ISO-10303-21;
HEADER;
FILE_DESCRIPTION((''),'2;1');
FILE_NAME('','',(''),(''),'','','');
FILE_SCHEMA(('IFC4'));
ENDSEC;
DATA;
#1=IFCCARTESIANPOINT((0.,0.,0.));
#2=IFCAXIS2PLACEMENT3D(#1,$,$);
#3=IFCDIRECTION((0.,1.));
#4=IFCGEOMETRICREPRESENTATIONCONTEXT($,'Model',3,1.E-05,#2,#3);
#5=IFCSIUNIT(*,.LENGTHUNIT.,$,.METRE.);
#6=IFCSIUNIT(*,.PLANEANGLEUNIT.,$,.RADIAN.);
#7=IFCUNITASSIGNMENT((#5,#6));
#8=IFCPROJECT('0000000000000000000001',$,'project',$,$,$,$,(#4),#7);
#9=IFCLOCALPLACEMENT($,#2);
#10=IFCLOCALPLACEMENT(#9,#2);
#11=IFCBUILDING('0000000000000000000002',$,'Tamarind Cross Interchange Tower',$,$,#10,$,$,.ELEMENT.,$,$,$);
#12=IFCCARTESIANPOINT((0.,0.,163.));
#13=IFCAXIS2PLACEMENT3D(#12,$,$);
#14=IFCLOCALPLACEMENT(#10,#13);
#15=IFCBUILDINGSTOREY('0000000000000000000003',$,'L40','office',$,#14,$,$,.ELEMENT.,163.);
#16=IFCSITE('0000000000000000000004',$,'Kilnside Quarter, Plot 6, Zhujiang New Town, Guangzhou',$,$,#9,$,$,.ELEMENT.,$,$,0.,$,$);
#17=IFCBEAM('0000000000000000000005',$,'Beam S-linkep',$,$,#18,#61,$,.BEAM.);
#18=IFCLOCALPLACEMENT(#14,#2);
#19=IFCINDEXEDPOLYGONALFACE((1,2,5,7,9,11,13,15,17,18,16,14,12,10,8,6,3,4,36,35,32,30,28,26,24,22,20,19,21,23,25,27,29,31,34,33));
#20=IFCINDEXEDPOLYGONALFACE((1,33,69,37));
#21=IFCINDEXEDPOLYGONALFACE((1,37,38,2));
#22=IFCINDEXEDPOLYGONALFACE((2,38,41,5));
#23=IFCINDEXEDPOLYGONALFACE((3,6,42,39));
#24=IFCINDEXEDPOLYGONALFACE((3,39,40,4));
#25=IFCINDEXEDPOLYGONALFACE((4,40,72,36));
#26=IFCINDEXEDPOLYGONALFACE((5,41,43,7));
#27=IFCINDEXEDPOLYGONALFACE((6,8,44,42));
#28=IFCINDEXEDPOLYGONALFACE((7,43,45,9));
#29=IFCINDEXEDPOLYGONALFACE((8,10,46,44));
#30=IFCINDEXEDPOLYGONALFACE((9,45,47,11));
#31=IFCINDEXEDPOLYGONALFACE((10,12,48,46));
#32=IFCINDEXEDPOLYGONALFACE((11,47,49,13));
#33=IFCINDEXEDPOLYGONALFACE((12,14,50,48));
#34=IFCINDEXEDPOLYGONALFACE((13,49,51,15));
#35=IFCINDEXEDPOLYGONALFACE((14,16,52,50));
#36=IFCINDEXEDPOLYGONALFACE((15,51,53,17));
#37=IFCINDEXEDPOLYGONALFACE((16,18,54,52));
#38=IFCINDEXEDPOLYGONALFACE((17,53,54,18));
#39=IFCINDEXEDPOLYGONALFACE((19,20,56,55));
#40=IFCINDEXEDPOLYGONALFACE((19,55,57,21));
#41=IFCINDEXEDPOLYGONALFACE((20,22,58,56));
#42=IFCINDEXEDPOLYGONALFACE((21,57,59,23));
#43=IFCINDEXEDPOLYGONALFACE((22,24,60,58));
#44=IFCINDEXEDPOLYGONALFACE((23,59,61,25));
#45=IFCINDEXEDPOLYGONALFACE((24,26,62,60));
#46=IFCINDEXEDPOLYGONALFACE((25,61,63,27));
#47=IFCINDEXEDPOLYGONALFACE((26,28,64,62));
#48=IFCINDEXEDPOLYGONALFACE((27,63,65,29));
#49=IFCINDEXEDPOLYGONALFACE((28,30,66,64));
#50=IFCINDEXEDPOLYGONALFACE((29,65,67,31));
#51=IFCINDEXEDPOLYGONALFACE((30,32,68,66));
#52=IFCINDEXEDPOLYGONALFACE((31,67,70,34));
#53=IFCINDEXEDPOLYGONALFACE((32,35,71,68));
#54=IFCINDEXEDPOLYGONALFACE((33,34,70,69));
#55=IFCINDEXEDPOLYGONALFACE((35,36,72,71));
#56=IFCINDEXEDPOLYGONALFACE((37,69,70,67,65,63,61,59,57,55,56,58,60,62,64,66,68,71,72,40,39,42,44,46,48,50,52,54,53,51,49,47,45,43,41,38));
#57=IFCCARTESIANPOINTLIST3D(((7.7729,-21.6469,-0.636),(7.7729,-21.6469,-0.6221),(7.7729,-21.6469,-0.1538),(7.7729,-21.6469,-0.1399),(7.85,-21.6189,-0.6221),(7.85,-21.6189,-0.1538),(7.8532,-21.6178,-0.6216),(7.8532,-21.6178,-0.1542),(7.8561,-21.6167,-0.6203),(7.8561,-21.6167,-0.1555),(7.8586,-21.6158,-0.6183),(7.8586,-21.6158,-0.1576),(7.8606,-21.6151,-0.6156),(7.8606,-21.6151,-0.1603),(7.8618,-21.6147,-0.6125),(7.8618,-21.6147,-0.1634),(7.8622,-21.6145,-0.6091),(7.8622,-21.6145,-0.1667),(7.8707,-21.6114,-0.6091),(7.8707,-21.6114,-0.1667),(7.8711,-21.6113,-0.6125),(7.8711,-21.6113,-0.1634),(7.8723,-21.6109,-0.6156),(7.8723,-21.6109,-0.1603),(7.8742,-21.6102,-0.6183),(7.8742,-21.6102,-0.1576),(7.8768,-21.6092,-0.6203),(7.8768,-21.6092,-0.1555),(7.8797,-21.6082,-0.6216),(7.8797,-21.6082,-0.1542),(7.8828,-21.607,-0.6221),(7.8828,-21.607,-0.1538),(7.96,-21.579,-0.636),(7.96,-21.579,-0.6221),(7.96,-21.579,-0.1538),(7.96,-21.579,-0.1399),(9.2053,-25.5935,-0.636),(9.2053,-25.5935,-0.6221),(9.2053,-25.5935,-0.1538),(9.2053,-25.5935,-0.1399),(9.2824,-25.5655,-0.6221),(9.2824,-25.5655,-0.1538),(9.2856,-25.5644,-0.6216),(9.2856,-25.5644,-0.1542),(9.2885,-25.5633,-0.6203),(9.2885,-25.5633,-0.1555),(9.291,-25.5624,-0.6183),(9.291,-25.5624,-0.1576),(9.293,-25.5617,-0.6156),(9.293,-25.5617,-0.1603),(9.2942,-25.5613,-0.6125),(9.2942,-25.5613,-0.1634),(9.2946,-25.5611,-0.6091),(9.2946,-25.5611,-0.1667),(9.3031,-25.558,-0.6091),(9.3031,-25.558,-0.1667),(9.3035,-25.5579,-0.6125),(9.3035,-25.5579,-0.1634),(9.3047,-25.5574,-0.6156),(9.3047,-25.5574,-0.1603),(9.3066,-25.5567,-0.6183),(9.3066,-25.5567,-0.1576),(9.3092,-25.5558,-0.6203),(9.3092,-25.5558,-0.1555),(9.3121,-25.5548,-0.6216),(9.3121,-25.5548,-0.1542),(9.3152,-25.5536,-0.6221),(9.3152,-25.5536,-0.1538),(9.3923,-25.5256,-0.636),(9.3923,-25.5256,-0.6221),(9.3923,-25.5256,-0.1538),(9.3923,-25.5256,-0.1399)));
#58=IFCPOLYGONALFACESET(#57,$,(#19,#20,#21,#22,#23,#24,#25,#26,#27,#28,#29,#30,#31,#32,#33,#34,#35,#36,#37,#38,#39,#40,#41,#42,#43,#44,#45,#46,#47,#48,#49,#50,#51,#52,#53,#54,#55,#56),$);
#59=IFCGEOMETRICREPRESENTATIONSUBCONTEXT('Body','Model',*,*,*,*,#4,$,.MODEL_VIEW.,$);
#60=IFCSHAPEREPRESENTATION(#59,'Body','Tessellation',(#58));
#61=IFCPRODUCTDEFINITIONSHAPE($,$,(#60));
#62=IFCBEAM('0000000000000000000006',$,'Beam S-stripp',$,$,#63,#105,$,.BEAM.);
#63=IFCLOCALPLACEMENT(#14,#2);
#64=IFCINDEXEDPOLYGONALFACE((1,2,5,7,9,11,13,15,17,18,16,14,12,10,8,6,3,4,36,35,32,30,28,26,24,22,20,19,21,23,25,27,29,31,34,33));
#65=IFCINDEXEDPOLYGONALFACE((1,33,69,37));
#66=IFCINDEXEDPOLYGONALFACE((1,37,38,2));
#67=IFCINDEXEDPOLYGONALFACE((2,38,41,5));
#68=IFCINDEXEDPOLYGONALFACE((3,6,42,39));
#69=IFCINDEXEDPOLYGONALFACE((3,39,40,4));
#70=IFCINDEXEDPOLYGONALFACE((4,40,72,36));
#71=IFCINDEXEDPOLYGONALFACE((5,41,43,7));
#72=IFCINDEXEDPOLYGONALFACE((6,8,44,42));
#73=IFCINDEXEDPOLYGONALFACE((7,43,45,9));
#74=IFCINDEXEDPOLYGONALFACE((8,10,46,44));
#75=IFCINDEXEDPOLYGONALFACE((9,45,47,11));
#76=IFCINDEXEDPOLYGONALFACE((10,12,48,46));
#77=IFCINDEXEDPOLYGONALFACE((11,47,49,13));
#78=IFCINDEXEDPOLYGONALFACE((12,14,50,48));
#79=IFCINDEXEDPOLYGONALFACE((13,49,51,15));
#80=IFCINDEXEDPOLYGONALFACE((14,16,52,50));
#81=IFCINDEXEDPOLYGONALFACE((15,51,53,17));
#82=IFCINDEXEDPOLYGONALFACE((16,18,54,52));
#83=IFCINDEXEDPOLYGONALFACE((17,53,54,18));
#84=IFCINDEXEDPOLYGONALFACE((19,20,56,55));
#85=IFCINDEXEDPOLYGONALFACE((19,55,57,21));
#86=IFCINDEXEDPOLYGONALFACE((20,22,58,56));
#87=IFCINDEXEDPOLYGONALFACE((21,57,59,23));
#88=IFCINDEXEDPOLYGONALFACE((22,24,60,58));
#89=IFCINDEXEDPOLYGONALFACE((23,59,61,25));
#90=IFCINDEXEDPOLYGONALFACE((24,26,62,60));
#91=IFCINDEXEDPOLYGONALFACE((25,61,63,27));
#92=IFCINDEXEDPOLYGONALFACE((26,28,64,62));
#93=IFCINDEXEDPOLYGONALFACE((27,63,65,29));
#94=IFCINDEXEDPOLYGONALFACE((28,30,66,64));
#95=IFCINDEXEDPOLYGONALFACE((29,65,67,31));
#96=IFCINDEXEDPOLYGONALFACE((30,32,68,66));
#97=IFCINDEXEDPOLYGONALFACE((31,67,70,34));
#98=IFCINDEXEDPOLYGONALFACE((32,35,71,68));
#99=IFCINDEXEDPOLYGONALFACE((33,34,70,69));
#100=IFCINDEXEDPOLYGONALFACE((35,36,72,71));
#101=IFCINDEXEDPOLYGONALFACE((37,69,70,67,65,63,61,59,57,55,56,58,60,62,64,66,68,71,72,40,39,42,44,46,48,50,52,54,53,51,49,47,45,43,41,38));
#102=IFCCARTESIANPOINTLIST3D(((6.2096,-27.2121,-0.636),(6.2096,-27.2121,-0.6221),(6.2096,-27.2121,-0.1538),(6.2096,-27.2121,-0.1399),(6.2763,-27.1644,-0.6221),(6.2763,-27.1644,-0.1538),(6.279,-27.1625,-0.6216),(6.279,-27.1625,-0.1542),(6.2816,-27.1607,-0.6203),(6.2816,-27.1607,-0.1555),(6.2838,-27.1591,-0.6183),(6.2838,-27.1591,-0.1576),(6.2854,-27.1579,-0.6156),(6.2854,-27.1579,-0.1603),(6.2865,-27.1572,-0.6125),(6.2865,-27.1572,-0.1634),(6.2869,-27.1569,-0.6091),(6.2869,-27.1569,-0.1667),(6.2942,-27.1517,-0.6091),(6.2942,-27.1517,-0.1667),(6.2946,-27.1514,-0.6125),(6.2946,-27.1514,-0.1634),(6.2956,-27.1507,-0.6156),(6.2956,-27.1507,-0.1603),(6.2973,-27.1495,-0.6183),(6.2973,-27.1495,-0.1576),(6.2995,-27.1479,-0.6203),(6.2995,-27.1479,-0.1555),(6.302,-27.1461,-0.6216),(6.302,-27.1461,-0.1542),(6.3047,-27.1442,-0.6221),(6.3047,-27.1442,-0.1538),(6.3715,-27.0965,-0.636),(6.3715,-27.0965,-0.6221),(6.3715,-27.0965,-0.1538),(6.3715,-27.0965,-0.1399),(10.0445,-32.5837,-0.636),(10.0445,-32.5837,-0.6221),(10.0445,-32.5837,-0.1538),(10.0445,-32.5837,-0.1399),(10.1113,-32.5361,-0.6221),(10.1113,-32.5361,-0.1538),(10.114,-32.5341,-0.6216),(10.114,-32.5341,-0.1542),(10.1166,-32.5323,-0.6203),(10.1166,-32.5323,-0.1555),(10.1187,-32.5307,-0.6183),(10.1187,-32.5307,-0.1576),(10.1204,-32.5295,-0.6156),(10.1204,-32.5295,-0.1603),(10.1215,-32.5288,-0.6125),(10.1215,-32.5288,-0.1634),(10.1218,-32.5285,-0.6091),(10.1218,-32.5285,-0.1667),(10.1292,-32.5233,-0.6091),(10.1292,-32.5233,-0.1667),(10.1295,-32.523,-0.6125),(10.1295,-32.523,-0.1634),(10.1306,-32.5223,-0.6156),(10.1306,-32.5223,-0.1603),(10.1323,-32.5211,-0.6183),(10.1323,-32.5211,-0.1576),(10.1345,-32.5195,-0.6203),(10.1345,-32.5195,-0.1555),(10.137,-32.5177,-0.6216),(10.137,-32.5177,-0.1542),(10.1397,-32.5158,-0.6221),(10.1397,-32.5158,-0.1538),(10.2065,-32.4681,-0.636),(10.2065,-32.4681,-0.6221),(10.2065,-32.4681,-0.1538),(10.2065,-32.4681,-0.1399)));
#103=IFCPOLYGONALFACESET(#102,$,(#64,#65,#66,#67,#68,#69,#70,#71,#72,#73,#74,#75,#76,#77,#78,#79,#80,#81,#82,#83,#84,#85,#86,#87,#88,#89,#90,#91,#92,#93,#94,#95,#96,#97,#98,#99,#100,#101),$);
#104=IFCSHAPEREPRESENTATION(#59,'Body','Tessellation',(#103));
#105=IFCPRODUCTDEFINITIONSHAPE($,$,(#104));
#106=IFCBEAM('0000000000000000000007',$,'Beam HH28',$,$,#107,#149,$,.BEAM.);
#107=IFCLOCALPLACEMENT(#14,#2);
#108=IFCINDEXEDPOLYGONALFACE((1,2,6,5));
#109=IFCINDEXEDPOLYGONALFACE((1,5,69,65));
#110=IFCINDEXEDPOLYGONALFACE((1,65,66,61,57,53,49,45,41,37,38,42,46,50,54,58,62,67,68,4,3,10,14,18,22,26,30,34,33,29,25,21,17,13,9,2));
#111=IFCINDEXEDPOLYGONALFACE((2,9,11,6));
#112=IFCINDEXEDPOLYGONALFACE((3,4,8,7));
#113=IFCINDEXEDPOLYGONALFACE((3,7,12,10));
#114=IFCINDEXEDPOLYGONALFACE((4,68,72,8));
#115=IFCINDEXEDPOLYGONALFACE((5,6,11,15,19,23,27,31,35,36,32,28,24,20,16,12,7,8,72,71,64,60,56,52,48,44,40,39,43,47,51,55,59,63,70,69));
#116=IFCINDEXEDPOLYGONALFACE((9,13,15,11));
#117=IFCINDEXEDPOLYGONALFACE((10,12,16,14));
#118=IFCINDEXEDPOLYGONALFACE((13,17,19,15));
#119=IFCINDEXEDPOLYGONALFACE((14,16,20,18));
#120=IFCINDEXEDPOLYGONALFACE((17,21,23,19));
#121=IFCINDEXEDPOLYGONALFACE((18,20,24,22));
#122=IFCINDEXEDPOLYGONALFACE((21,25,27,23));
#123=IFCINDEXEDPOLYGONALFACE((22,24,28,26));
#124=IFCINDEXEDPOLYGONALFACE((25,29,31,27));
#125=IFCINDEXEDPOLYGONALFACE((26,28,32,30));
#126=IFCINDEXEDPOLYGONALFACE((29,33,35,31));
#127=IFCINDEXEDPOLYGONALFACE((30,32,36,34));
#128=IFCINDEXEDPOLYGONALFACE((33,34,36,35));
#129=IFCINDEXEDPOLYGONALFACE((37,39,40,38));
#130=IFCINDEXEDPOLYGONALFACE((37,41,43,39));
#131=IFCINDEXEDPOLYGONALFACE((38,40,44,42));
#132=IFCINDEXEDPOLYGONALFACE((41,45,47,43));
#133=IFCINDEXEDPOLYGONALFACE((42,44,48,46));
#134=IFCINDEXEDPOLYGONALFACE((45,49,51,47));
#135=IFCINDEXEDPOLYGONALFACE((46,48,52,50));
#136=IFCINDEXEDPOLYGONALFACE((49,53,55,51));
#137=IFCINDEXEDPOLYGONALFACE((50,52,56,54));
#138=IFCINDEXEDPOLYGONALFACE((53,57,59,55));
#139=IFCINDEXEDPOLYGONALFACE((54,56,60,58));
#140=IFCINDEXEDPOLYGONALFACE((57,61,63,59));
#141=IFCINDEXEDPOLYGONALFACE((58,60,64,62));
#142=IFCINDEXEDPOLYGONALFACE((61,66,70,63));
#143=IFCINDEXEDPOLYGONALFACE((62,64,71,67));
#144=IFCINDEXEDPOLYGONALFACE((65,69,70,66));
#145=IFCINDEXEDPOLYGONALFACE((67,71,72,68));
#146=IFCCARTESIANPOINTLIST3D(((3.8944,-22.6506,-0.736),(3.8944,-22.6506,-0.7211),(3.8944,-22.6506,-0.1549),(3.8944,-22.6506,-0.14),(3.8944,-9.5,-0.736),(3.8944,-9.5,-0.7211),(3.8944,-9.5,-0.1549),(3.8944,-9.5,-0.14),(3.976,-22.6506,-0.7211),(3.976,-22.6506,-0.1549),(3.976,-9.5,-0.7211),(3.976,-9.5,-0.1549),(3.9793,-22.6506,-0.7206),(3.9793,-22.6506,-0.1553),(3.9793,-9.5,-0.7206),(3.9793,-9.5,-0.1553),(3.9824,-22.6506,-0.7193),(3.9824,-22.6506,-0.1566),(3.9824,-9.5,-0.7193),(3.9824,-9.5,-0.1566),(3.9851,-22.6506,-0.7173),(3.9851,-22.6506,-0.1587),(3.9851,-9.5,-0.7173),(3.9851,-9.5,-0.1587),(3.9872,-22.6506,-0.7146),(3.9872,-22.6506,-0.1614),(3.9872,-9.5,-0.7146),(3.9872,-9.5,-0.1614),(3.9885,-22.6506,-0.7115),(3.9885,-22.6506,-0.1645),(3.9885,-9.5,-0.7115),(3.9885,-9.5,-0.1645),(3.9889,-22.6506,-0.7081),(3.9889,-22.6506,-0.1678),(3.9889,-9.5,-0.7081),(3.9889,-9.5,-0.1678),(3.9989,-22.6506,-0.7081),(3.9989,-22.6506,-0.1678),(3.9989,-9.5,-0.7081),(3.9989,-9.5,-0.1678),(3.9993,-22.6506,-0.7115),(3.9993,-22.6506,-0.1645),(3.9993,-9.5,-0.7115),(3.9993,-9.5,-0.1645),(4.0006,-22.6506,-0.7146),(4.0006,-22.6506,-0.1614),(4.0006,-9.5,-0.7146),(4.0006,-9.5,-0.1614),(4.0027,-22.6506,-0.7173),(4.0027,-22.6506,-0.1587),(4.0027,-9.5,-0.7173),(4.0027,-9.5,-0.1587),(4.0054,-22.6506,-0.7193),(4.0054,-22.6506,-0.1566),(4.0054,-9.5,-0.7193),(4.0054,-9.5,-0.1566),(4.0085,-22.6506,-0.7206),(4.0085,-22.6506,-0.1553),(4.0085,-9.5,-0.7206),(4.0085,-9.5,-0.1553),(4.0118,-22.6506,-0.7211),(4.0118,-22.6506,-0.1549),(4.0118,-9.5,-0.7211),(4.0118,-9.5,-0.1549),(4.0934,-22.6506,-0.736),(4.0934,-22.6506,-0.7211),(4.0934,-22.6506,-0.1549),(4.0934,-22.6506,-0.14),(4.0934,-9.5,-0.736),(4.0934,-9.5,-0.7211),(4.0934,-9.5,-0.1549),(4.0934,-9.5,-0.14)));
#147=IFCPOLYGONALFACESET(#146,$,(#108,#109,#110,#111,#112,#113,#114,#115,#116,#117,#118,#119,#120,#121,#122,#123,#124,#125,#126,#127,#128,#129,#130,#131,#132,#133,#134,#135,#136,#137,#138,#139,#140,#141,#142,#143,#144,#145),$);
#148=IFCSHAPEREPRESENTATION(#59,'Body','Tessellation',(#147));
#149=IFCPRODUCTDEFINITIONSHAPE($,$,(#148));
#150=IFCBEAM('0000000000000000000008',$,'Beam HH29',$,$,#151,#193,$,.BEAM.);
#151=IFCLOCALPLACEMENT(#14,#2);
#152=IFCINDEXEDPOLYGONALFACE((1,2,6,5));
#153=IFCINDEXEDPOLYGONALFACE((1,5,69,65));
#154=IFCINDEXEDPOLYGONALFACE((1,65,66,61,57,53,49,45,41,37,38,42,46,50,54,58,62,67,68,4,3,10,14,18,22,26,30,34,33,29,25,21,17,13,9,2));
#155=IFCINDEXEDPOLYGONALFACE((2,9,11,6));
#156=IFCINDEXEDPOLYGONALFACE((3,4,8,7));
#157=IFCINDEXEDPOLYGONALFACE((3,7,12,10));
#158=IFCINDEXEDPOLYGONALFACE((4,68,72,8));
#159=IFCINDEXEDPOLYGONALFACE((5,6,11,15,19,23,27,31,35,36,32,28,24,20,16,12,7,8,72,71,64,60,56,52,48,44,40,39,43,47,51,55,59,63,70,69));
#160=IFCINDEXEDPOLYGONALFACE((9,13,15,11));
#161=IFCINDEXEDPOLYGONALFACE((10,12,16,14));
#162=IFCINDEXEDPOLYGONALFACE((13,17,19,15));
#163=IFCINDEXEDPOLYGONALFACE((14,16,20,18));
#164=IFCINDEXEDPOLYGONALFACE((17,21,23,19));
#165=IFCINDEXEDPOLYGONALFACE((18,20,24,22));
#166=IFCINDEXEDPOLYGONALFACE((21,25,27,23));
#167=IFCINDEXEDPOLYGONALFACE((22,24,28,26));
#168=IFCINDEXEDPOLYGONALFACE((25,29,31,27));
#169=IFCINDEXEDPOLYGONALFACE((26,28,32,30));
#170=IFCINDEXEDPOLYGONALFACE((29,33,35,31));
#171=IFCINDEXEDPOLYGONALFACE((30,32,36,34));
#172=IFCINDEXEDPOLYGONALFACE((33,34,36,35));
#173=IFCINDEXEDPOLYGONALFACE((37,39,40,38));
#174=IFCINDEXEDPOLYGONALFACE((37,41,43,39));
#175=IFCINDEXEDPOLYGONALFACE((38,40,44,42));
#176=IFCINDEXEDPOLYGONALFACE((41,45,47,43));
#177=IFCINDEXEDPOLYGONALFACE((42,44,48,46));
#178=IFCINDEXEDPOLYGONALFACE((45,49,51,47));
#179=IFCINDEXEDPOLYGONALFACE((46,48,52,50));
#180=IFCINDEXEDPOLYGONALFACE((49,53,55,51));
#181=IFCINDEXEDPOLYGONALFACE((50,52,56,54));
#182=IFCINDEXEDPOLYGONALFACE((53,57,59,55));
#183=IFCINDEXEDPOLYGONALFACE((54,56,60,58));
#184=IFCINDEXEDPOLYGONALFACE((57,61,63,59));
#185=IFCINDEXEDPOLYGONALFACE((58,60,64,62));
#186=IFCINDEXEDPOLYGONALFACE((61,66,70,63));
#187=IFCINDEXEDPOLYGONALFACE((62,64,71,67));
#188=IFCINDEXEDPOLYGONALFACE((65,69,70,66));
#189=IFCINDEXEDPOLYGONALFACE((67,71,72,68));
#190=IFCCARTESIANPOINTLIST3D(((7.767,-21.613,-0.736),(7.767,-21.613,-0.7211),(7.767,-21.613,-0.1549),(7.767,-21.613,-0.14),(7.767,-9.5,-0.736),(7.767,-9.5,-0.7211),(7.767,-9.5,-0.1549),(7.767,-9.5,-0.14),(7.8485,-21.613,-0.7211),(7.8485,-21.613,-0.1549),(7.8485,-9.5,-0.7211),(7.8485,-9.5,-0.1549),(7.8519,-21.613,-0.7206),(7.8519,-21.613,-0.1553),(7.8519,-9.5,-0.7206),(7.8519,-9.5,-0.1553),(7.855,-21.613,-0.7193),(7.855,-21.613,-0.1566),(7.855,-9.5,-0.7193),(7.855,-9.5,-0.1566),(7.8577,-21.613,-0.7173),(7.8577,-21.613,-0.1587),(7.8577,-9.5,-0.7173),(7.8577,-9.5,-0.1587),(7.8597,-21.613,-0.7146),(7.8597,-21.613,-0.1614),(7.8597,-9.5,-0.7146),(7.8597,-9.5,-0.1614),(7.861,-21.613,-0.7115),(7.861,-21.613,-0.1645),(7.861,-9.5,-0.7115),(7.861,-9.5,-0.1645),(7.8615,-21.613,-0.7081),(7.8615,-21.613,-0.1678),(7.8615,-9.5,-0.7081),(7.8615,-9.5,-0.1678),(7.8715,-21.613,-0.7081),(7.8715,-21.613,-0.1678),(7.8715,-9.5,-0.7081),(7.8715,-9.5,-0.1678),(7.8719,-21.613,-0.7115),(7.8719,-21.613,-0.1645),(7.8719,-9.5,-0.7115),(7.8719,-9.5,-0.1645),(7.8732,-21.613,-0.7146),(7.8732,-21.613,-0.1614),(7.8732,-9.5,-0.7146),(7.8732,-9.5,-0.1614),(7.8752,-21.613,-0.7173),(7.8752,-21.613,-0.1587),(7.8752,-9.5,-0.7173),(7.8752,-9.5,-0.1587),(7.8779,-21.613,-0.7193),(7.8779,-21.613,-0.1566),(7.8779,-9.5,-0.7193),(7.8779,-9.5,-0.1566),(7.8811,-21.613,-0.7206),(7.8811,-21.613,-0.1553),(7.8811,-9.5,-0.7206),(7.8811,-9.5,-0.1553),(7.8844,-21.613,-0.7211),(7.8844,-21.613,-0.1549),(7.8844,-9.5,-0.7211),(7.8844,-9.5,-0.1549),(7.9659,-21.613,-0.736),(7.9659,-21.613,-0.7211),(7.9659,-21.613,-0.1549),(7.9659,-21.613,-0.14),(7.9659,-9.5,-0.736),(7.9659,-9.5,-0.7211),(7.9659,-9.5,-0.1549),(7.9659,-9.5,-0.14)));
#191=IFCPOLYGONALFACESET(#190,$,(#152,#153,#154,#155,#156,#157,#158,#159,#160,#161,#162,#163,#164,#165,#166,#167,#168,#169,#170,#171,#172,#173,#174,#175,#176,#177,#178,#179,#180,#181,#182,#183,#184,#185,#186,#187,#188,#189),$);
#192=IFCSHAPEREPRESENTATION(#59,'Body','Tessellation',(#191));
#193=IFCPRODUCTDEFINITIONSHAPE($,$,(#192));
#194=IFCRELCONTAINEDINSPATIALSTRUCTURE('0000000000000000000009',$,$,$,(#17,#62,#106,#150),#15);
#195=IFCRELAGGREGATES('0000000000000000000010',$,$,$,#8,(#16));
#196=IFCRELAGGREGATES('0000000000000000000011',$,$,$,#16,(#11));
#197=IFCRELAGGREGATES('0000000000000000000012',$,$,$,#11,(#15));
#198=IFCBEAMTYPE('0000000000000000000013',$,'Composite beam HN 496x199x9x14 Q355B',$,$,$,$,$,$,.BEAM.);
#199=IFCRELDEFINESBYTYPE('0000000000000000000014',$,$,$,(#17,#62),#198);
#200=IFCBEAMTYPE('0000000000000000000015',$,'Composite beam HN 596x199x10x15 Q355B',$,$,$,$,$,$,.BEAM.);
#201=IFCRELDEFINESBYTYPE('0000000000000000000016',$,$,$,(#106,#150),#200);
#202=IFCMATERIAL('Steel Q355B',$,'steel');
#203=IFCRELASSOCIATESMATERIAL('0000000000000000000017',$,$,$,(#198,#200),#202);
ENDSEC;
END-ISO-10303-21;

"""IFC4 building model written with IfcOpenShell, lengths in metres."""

from ifc_helpers import new_model, si_unit, direction, frame, origin, origin_2d, place, context, subcontext, project, spatial, i_section, extrude, material, material_profile, profile_set, type_object, element, save


model = new_model("IFC4")

# Units and contexts
model_context = context("Model", 3, precision=1e-05, world=origin(), true_north=direction((0.0, 1.0)))
body_context = subcontext(model_context, "Body", "Model", "MODEL_VIEW")
ifc_project = project(units=[si_unit("LENGTHUNIT", "METRE"), si_unit("PLANEANGLEUNIT", "RADIAN")], contexts=[model_context])

# Site, building, storey
site_placement = place(None, origin())
site = spatial("IfcSite", under=ifc_project, at=site_placement, Name="Kilnside Quarter, Plot 6, Zhujiang New Town, Guangzhou", CompositionType="ELEMENT", RefElevation=0.0)
building_placement = place(site_placement, origin())
building = spatial("IfcBuilding", under=site, at=building_placement, Name="Tamarind Cross Interchange Tower", CompositionType="ELEMENT")
storey_placement = place(building_placement, frame((0.0, 0.0, 163.0)))
storey = spatial("IfcBuildingStorey", under=building, at=storey_placement, Name="L40", Description="office", CompositionType="ELEMENT", Elevation=163.0)

# Beams
ifc_material_1 = material(Name="Steel Q355B", Category="steel")
ifc_material_profile_1 = material_profile(ifc_material_1, i_section(OverallWidth=0.199, OverallDepth=0.4961, WebThickness=0.009, FlangeThickness=0.0139, FilletRadius=0.0129, at=origin_2d()), Name="HN 496x199x9x14")
ifc_profile_set_1 = profile_set([ifc_material_profile_1], Name="Steel Q355B")
beam_type_1 = type_object("IfcBeamType", Name="Composite beam HN 496x199x9x14 Q355B", PredefinedType="BEAM", material=ifc_profile_set_1)
beam_1_placement = place(storey_placement, frame((9.2988, -25.5596, -0.3879), z_axis=(-0.341169, 0.940002, 0.0), x_axis=(-0.940002, -0.341169, 0.0)))
element("IfcBeam", 1, at=beam_1_placement, inside=storey, type_object=beam_type_1, Name="Beam S-linkep", PredefinedType="BEAM", context=body_context, shape_type="SweptSolid", body=[
    extrude(i_section(OverallWidth=0.199, OverallDepth=0.4961, WebThickness=0.009, FlangeThickness=0.0139, FilletRadius=0.0129, at=origin_2d()), origin(), (0.0, 0.0, 1.0), 4.1985),
])
beam_2_placement = place(storey_placement, frame((6.2905, -27.1543, -0.3879), z_axis=(0.581049, -0.813868, 0.0), x_axis=(0.813868, 0.581049, 0.0)))
element("IfcBeam", 2, at=beam_2_placement, inside=storey, type_object=beam_type_1, Name="Beam S-stripp", PredefinedType="BEAM", context=body_context, shape_type="SweptSolid", body=[
    extrude(i_section(OverallWidth=0.199, OverallDepth=0.4961, WebThickness=0.009, FlangeThickness=0.0139, FilletRadius=0.0129, at=origin_2d()), origin(), (0.0, 0.0, 1.0), 6.6001),
])
ifc_material_profile_2 = material_profile(ifc_material_1, i_section(OverallWidth=0.199, OverallDepth=0.5959, WebThickness=0.01, FlangeThickness=0.0149, FilletRadius=0.0129, at=origin_2d()), Name="HN 596x199x10x15")
ifc_profile_set_2 = profile_set([ifc_material_profile_2], Name="Steel Q355B")
beam_type_2 = type_object("IfcBeamType", Name="Composite beam HN 596x199x10x15 Q355B", PredefinedType="BEAM", material=ifc_profile_set_2)
beam_3_placement = place(storey_placement, frame((3.9939, -22.6506, -0.438), z_axis=(0.0, 1.0, 0.0), x_axis=(-1.0, 0.0, 0.0)))
element("IfcBeam", 3, at=beam_3_placement, inside=storey, type_object=beam_type_2, Name="Beam HH28", PredefinedType="BEAM", context=body_context, shape_type="SweptSolid", body=[
    extrude(i_section(OverallWidth=0.199, OverallDepth=0.5959, WebThickness=0.01, FlangeThickness=0.0149, FilletRadius=0.0129, at=origin_2d()), origin(), (0.0, 0.0, 1.0), 13.1506),
])
beam_4_placement = place(storey_placement, frame((7.8665, -21.613, -0.438), z_axis=(0.0, 1.0, 0.0), x_axis=(-1.0, 0.0, 0.0)))
element("IfcBeam", 4, at=beam_4_placement, inside=storey, type_object=beam_type_2, Name="Beam HH29", PredefinedType="BEAM", context=body_context, shape_type="SweptSolid", body=[
    extrude(i_section(OverallWidth=0.199, OverallDepth=0.5959, WebThickness=0.01, FlangeThickness=0.0149, FilletRadius=0.0129, at=origin_2d()), origin(), (0.0, 0.0, 1.0), 12.113),
])

save(model, "model.ifc")
